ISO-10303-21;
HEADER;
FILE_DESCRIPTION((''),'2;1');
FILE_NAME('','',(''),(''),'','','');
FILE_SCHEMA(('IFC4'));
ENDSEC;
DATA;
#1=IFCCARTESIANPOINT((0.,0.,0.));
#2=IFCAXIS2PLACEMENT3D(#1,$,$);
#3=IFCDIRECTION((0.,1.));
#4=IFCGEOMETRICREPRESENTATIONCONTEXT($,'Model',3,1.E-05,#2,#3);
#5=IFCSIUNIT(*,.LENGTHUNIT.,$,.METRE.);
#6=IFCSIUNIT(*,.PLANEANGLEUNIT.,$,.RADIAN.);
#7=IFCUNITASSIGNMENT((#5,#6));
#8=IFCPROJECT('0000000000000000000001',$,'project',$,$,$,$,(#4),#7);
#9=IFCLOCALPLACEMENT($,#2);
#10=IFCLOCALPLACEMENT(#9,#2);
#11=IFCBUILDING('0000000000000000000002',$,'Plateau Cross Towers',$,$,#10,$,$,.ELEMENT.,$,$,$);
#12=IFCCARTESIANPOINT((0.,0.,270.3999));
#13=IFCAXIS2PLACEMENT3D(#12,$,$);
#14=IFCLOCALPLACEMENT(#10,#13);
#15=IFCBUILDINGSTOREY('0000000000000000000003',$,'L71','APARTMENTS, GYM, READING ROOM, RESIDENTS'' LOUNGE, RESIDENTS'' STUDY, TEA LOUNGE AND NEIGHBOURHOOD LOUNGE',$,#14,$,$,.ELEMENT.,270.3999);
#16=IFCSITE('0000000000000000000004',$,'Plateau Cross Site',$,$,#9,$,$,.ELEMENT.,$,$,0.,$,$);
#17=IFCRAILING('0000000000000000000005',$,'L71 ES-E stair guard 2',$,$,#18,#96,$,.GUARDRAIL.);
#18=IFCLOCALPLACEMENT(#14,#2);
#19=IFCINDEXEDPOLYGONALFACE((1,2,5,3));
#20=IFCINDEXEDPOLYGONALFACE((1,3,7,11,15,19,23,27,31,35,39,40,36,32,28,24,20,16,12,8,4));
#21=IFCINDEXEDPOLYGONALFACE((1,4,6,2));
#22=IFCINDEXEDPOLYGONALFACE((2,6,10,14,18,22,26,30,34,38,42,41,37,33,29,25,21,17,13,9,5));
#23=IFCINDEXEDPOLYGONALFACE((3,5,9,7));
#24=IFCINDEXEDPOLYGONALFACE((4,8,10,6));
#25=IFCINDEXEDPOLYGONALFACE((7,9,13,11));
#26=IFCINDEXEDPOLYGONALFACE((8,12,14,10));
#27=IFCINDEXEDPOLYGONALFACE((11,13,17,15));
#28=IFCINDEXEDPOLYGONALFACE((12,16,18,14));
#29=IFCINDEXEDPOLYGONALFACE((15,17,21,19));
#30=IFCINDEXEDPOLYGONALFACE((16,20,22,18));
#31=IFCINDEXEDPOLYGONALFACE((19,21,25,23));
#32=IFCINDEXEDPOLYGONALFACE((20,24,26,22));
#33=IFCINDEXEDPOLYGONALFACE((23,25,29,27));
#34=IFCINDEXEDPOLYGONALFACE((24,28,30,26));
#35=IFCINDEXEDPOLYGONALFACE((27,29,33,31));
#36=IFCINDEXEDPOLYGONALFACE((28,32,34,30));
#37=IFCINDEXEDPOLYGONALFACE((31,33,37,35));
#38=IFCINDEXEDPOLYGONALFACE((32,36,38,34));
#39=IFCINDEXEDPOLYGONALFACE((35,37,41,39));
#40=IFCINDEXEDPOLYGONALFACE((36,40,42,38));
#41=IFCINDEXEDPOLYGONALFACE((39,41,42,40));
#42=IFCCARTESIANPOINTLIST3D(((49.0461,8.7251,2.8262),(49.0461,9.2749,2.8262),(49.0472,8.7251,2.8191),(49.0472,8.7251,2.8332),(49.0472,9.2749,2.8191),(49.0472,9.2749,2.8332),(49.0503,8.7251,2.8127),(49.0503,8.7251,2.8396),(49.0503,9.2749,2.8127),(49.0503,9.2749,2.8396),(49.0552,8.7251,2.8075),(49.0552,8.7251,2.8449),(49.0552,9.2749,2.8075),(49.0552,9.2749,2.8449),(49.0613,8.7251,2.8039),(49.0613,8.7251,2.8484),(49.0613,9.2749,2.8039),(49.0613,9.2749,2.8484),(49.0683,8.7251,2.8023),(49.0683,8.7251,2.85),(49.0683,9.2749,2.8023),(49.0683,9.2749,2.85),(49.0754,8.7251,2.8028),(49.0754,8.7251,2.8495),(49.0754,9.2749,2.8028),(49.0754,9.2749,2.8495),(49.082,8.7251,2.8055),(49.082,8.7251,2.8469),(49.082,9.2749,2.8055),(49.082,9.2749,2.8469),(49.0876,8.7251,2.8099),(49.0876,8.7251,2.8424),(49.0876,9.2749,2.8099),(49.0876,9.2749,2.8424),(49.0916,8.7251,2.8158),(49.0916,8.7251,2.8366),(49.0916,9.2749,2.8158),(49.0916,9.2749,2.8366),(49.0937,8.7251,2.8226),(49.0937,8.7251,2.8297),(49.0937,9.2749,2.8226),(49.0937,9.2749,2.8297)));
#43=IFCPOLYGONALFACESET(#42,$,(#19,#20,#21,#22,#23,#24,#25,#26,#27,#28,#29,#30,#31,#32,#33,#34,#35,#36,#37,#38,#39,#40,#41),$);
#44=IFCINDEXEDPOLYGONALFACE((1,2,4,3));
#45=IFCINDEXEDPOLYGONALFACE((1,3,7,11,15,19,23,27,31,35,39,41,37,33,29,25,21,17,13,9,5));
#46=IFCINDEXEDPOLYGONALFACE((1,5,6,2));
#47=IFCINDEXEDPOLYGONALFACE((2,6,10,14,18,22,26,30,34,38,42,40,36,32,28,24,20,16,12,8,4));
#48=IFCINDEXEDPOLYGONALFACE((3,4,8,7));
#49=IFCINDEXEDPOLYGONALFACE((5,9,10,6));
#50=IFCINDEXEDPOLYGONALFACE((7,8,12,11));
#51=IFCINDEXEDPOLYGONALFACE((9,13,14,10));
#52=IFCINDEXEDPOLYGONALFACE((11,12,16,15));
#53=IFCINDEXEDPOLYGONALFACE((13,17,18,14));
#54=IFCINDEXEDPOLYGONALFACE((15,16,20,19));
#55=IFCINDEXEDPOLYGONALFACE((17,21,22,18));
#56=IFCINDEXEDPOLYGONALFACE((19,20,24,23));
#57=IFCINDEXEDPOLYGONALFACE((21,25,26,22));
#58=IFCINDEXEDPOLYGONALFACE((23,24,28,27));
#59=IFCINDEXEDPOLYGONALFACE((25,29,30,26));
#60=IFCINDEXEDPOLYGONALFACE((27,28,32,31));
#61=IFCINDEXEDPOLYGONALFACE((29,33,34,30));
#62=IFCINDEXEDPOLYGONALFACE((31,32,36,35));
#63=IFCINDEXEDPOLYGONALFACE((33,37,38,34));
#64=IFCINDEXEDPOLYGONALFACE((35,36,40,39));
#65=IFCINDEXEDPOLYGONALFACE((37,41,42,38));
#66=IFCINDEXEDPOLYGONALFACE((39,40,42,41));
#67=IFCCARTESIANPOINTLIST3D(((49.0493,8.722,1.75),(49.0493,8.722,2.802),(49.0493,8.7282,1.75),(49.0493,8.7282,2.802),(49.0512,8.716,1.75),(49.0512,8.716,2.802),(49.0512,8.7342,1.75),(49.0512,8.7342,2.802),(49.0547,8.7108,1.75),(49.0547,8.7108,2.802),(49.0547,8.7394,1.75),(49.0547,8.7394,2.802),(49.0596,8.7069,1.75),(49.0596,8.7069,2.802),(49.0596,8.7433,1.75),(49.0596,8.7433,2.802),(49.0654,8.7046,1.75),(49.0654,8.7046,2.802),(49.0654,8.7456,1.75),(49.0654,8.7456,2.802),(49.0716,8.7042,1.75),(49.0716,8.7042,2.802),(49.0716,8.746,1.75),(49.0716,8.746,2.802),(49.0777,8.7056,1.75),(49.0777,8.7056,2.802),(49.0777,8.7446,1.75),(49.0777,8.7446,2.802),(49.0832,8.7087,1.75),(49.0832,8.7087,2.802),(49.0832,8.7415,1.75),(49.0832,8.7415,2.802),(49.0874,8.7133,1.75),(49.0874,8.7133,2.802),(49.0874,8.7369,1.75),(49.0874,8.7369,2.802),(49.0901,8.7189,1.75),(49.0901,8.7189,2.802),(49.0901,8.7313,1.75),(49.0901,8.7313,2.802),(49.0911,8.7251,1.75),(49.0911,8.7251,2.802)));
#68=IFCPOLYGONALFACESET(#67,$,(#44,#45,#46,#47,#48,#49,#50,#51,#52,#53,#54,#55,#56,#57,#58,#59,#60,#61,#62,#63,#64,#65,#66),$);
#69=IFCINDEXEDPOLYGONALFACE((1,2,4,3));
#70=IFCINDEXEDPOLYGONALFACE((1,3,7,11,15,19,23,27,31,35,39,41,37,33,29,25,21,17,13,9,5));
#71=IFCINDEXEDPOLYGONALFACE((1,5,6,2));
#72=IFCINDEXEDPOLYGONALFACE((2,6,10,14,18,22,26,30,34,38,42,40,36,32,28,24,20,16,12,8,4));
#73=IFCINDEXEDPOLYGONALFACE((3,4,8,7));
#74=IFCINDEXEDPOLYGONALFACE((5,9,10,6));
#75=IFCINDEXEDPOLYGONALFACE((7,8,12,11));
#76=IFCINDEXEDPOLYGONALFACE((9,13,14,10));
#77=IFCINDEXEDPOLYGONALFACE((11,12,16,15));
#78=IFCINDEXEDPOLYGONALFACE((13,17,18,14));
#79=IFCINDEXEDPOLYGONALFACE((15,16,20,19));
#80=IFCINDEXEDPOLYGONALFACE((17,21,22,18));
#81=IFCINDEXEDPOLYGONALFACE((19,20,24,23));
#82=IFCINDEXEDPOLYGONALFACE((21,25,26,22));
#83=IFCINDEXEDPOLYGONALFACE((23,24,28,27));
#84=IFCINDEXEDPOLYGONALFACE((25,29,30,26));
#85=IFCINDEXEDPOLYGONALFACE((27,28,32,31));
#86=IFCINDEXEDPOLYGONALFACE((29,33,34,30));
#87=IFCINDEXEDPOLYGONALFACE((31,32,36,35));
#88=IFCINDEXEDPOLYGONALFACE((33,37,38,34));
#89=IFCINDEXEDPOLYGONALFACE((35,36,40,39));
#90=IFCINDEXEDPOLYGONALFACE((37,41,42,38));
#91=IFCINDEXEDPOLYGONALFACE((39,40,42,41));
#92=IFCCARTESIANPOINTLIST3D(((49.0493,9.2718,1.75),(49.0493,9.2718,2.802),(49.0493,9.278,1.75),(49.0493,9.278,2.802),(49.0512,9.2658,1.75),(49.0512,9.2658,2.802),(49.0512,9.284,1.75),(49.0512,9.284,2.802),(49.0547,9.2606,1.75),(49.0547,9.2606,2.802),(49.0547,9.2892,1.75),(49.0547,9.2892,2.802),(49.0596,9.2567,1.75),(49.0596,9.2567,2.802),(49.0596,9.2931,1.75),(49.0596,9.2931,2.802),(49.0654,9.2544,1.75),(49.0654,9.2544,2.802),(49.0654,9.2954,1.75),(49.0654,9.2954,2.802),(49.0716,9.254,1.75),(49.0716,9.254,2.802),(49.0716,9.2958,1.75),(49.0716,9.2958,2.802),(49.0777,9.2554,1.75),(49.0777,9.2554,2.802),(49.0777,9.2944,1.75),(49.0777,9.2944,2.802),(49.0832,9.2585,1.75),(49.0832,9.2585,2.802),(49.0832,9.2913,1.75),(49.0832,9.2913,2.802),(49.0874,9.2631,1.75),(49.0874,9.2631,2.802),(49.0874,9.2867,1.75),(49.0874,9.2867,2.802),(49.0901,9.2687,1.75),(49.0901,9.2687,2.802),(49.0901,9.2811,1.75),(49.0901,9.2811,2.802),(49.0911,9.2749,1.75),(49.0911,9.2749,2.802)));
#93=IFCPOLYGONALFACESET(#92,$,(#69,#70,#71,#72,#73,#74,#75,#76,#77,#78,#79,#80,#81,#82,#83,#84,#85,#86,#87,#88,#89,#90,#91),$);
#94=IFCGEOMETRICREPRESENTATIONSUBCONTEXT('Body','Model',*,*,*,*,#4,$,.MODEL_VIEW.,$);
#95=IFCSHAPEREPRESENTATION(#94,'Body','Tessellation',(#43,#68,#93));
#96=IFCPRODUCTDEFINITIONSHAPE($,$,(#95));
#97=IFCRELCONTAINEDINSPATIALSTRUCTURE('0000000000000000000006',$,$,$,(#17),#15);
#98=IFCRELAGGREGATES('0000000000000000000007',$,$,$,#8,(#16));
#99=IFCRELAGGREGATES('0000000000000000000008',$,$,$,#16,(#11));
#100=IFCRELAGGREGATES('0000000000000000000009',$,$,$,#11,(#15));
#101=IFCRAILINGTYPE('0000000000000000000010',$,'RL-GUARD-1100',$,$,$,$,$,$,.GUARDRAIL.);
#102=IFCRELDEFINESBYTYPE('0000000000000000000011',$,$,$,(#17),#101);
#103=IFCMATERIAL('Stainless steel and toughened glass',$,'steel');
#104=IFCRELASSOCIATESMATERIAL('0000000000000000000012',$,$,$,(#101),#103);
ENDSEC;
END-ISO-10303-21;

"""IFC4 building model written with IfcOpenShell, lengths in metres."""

from ifc_helpers import new_model, si_unit, direction, frame, origin, origin_2d, place, context, subcontext, project, spatial, circle, extrude, material, type_object, element, save


model = new_model("IFC4")

# Units and contexts
model_context = context("Model", 3, precision=1e-05, world=origin(), true_north=direction((0.0, 1.0)))
body_context = subcontext(model_context, "Body", "Model", "MODEL_VIEW")
ifc_project = project(units=[si_unit("LENGTHUNIT", "METRE"), si_unit("PLANEANGLEUNIT", "RADIAN")], contexts=[model_context])

# Site, building, storey
site_placement = place(None, origin())
site = spatial("IfcSite", under=ifc_project, at=site_placement, Name="Plateau Cross Site", CompositionType="ELEMENT", RefElevation=0.0)
building_placement = place(site_placement, origin())
building = spatial("IfcBuilding", under=site, at=building_placement, Name="Plateau Cross Towers", CompositionType="ELEMENT")
storey_placement = place(building_placement, frame((0.0, 0.0, 270.3999)))
storey = spatial("IfcBuildingStorey", under=building, at=storey_placement, Name="L71", Description="APARTMENTS, GYM, READING ROOM, RESIDENTS' LOUNGE, RESIDENTS' STUDY, TEA LOUNGE AND NEIGHBOURHOOD LOUNGE", CompositionType="ELEMENT", Elevation=270.3999)

# Railing
ifc_material_1 = material(Name="Stainless steel and toughened glass", Category="steel")
railing_type_1 = type_object("IfcRailingType", Name="RL-GUARD-1100", PredefinedType="GUARDRAIL", material=ifc_material_1)
railing_1_placement = place(storey_placement, frame((49.0701, 8.7251, 1.75)))
element("IfcRailing", 1, at=railing_1_placement, inside=storey, type_object=railing_type_1, Name="L71 ES-E stair guard 2", PredefinedType="GUARDRAIL", context=body_context, shape_type="SweptSolid", body=[
    extrude(circle(Radius=0.0239, at=origin_2d()), frame((0.0, 0.0, 1.0762), z_axis=(0.0, 1.0, 0.0), x_axis=(-1.0, 0.0, 0.0)), (0.0, 0.0, 1.0), 0.5498),
    extrude(circle(Radius=0.021, at=origin_2d()), origin(), (0.0, 0.0, 1.0), 1.052),
    extrude(circle(Radius=0.021, at=origin_2d()), frame((0.0, 0.5498, 0.0)), (0.0, 0.0, 1.0), 1.052),
])

save(model, "model.ifc")
